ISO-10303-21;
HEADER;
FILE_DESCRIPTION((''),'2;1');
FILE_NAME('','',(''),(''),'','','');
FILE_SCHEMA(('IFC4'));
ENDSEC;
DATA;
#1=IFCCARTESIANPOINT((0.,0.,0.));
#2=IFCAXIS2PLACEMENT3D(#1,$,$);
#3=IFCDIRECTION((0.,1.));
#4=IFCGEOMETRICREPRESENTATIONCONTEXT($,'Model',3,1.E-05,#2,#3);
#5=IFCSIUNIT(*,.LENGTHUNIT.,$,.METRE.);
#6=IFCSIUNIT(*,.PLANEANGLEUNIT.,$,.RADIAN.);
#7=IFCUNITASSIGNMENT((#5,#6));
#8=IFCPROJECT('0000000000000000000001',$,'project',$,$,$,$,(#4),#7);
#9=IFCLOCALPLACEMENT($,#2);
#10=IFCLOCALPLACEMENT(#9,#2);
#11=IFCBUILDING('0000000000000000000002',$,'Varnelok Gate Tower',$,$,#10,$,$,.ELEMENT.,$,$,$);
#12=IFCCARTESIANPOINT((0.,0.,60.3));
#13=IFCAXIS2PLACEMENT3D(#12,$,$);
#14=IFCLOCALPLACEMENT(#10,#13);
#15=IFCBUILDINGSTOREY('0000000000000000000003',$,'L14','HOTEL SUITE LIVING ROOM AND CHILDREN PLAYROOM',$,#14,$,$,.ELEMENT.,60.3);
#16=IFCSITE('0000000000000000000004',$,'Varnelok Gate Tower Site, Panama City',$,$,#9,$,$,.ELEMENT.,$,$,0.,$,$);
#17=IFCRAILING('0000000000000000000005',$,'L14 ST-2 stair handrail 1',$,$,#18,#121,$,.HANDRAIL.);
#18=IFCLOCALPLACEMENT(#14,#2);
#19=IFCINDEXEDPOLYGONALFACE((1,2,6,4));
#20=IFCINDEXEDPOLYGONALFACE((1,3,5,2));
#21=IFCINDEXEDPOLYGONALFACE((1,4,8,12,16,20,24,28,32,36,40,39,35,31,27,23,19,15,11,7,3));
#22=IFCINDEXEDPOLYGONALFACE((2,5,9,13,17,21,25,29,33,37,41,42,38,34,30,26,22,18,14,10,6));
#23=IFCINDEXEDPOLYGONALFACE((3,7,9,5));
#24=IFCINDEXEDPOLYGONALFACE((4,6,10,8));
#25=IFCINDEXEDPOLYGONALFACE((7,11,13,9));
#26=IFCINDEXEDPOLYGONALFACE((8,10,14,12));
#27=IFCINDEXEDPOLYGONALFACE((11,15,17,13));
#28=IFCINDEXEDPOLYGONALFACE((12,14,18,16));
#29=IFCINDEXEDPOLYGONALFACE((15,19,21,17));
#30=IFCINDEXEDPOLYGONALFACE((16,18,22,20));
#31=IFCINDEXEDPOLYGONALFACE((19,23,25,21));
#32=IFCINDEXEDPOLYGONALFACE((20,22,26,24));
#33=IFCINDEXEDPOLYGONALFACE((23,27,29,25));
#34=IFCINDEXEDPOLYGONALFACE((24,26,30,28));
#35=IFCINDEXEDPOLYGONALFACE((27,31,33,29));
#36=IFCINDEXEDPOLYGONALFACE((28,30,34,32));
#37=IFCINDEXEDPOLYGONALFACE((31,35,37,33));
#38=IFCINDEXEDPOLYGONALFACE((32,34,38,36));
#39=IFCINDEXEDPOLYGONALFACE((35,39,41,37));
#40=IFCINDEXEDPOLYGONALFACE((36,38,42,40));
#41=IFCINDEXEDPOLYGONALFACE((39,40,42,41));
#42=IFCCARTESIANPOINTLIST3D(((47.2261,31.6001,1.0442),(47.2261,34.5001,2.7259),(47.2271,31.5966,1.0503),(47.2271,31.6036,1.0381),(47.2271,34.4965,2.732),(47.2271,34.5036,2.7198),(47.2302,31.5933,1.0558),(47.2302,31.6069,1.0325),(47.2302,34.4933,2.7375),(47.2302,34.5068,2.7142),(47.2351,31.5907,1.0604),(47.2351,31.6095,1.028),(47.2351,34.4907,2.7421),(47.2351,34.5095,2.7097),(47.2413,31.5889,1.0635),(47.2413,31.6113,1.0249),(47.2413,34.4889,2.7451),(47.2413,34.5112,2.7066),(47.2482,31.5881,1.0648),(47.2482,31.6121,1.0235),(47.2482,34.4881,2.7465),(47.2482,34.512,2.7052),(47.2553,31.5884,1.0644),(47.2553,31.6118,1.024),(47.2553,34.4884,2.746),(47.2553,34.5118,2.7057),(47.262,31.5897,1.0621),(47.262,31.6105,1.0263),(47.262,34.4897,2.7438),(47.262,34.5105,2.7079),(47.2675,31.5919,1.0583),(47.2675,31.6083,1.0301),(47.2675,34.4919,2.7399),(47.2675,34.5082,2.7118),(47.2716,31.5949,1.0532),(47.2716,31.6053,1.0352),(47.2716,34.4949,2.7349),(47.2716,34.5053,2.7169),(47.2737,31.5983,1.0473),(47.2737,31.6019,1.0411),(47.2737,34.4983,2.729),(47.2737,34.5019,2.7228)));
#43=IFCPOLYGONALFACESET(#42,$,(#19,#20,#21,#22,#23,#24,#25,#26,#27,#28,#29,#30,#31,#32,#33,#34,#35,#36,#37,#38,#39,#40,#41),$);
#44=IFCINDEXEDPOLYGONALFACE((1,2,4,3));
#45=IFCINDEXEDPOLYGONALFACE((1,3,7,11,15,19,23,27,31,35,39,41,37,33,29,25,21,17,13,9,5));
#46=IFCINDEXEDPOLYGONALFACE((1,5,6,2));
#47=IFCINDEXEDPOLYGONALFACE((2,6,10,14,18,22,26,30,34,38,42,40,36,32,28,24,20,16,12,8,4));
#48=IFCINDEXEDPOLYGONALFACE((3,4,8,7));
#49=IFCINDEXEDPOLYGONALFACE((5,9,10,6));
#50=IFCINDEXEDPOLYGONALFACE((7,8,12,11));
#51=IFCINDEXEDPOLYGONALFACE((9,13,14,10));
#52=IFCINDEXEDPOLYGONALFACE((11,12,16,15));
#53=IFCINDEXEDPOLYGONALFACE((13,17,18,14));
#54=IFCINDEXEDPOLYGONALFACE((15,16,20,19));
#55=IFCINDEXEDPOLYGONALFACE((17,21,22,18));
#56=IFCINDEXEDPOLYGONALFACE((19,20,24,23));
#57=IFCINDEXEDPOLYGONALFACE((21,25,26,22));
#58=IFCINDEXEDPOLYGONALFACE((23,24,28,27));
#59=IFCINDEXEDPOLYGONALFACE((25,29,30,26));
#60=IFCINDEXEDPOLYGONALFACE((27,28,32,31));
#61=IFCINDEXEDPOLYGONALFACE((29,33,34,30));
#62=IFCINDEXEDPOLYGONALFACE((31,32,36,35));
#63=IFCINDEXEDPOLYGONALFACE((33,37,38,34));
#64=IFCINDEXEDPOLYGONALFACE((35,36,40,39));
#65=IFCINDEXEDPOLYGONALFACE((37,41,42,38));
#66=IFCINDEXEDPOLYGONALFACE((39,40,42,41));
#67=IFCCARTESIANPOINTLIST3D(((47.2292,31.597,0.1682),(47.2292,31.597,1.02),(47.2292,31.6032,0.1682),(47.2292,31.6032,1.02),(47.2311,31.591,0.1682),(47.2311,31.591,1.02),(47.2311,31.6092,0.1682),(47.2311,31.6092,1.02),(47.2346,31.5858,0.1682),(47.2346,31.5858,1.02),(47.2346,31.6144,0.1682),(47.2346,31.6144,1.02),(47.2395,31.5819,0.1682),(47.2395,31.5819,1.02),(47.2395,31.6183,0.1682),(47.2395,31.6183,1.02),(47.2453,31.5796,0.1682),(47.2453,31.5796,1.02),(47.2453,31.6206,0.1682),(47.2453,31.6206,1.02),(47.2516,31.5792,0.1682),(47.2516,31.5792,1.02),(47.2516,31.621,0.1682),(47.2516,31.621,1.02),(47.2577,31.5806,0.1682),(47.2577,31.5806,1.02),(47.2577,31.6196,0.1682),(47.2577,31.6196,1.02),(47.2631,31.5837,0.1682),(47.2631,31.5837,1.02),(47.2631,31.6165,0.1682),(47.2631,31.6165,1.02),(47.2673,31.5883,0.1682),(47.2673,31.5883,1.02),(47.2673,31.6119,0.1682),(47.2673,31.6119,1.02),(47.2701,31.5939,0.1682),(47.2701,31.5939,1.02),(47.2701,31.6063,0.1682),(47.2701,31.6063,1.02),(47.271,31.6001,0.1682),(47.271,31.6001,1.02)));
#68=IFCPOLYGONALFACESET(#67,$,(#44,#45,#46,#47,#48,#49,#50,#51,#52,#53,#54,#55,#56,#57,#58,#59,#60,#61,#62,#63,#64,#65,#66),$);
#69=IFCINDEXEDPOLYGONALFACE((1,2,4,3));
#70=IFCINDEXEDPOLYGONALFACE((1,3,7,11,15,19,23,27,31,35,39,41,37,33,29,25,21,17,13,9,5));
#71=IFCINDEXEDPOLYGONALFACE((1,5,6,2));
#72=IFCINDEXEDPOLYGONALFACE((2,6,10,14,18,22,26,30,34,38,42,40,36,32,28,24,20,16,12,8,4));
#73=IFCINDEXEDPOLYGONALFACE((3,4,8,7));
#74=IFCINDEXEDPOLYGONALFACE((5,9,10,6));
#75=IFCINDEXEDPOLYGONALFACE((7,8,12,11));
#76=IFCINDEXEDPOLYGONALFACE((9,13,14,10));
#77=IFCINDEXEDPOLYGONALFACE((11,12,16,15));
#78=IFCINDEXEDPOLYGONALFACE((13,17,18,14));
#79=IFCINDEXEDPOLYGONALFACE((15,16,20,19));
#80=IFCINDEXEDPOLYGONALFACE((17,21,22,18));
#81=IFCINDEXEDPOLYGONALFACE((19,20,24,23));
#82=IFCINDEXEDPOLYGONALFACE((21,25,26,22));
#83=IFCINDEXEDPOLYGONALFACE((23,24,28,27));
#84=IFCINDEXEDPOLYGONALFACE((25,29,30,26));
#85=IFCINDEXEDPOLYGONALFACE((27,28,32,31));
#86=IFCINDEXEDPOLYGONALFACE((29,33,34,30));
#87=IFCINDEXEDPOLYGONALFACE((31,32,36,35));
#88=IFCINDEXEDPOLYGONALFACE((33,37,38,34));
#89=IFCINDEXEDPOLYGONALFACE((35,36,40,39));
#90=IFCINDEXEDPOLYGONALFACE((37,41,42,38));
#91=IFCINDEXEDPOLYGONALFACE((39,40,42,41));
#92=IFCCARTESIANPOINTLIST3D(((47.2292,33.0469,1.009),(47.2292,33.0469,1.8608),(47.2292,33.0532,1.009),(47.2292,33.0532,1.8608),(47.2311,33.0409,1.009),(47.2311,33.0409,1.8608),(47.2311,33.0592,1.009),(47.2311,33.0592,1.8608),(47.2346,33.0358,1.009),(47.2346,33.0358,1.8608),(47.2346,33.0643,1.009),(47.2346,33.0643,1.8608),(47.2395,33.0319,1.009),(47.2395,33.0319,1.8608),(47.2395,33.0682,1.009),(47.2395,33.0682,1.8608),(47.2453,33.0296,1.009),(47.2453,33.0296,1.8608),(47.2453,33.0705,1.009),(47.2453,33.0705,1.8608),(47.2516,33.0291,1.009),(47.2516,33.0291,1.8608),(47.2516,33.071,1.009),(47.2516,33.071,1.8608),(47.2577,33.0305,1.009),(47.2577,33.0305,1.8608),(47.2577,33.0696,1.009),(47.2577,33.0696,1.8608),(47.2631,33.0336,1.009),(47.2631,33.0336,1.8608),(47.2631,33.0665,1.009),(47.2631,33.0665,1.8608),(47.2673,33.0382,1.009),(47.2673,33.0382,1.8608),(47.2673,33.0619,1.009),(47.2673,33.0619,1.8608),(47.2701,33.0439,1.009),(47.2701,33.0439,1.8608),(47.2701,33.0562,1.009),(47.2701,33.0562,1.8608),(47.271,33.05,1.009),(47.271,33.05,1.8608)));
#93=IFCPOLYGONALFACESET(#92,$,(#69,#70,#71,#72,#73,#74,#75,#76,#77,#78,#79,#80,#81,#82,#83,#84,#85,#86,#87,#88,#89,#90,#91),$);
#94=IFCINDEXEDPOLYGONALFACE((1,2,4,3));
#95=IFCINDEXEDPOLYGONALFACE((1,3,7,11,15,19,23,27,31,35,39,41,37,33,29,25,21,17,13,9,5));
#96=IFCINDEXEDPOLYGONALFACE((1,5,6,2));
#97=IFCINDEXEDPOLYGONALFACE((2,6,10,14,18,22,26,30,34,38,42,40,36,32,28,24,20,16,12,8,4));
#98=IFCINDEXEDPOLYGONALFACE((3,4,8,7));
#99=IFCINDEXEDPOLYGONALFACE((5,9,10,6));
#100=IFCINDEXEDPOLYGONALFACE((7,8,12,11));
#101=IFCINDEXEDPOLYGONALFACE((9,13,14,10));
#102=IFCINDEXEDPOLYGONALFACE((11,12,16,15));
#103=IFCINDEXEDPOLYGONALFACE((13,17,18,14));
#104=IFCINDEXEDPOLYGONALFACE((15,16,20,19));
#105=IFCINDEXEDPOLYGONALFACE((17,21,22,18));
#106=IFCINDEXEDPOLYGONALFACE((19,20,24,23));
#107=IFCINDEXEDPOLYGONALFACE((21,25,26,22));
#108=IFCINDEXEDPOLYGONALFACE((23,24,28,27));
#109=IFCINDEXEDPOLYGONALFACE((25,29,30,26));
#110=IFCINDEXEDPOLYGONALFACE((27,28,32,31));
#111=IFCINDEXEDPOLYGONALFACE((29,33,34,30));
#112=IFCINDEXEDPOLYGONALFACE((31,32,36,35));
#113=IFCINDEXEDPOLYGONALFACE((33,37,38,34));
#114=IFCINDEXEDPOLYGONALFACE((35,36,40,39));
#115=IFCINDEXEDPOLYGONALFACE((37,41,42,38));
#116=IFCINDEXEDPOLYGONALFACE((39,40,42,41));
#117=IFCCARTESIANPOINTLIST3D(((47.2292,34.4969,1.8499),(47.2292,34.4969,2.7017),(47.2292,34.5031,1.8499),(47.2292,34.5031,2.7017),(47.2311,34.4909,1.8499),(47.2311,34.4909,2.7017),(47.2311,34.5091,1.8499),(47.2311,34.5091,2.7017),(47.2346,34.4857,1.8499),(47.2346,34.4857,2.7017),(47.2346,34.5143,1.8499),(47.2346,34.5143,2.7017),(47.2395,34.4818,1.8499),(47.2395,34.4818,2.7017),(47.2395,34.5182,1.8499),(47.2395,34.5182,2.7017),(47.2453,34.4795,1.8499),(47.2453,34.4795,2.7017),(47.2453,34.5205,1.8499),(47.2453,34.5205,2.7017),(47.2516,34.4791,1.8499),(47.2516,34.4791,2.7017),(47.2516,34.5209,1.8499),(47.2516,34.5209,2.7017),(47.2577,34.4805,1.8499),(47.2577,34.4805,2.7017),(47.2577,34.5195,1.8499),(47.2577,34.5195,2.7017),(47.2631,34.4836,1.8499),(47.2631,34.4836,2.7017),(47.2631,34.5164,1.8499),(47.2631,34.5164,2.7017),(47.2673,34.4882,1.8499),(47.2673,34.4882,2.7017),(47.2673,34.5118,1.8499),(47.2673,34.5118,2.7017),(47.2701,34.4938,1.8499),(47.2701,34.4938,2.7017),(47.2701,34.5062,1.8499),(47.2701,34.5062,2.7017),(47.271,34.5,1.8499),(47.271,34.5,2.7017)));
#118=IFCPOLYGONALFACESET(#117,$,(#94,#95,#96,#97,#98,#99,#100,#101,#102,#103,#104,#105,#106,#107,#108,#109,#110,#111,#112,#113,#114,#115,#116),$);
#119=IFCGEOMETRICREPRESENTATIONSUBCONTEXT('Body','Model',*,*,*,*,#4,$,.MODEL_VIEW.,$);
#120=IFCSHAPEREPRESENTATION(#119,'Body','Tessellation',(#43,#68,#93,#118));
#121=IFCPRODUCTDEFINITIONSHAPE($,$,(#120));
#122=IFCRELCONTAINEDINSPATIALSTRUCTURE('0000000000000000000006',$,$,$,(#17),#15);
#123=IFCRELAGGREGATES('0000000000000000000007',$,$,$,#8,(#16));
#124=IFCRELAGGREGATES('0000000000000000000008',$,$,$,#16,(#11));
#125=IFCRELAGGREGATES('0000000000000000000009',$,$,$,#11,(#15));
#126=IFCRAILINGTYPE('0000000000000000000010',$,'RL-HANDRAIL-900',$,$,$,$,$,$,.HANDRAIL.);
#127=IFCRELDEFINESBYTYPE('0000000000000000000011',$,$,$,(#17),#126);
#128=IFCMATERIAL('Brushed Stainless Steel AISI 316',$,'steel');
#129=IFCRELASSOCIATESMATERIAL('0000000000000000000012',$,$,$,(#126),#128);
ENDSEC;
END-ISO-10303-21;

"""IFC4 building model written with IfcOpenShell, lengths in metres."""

from ifc_helpers import new_model, si_unit, direction, frame, origin, origin_2d, place, context, subcontext, project, spatial, circle, extrude, material, type_object, element, save


model = new_model("IFC4")

# Units and contexts
model_context = context("Model", 3, precision=1e-05, world=origin(), true_north=direction((0.0, 1.0)))
body_context = subcontext(model_context, "Body", "Model", "MODEL_VIEW")
ifc_project = project(units=[si_unit("LENGTHUNIT", "METRE"), si_unit("PLANEANGLEUNIT", "RADIAN")], contexts=[model_context])

# Site, building, storey
site_placement = place(None, origin())
site = spatial("IfcSite", under=ifc_project, at=site_placement, Name="Varnelok Gate Tower Site, Panama City", CompositionType="ELEMENT", RefElevation=0.0)
building_placement = place(site_placement, origin())
building = spatial("IfcBuilding", under=site, at=building_placement, Name="Varnelok Gate Tower", CompositionType="ELEMENT")
storey_placement = place(building_placement, frame((0.0, 0.0, 60.3)))
storey = spatial("IfcBuildingStorey", under=building, at=storey_placement, Name="L14", Description="HOTEL SUITE LIVING ROOM AND CHILDREN PLAYROOM", CompositionType="ELEMENT", Elevation=60.3)

# Railing
ifc_material_1 = material(Name="Brushed Stainless Steel AISI 316", Category="steel")
railing_type = type_object("IfcRailingType", Name="RL-HANDRAIL-900", PredefinedType="HANDRAIL", material=ifc_material_1)
railing_placement = place(storey_placement, frame((47.25, 31.6001, 0.1682)))
element("IfcRailing", 1, at=railing_placement, inside=storey, type_object=railing_type, Name="L14 ST-2 stair handrail 1", PredefinedType="HANDRAIL", context=body_context, shape_type="SweptSolid", body=[
    extrude(circle(Radius=0.0239, at=origin_2d()), frame((0.0, 0.0, 0.876), z_axis=(0.0, 0.86507, 0.501651), x_axis=(-1.0, 0.0, 0.0)), (0.0, 0.0, 1.0), 3.3523),
    extrude(circle(Radius=0.021, at=origin_2d()), origin(), (0.0, 0.0, 1.0), 0.8518),
    extrude(circle(Radius=0.021, at=origin_2d()), frame((0.0, 1.45, 0.8408)), (0.0, 0.0, 1.0), 0.8518),
    extrude(circle(Radius=0.021, at=origin_2d()), frame((0.0, 2.8999, 1.6816)), (0.0, 0.0, 1.0), 0.8518),
])

save(model, "model.ifc")
